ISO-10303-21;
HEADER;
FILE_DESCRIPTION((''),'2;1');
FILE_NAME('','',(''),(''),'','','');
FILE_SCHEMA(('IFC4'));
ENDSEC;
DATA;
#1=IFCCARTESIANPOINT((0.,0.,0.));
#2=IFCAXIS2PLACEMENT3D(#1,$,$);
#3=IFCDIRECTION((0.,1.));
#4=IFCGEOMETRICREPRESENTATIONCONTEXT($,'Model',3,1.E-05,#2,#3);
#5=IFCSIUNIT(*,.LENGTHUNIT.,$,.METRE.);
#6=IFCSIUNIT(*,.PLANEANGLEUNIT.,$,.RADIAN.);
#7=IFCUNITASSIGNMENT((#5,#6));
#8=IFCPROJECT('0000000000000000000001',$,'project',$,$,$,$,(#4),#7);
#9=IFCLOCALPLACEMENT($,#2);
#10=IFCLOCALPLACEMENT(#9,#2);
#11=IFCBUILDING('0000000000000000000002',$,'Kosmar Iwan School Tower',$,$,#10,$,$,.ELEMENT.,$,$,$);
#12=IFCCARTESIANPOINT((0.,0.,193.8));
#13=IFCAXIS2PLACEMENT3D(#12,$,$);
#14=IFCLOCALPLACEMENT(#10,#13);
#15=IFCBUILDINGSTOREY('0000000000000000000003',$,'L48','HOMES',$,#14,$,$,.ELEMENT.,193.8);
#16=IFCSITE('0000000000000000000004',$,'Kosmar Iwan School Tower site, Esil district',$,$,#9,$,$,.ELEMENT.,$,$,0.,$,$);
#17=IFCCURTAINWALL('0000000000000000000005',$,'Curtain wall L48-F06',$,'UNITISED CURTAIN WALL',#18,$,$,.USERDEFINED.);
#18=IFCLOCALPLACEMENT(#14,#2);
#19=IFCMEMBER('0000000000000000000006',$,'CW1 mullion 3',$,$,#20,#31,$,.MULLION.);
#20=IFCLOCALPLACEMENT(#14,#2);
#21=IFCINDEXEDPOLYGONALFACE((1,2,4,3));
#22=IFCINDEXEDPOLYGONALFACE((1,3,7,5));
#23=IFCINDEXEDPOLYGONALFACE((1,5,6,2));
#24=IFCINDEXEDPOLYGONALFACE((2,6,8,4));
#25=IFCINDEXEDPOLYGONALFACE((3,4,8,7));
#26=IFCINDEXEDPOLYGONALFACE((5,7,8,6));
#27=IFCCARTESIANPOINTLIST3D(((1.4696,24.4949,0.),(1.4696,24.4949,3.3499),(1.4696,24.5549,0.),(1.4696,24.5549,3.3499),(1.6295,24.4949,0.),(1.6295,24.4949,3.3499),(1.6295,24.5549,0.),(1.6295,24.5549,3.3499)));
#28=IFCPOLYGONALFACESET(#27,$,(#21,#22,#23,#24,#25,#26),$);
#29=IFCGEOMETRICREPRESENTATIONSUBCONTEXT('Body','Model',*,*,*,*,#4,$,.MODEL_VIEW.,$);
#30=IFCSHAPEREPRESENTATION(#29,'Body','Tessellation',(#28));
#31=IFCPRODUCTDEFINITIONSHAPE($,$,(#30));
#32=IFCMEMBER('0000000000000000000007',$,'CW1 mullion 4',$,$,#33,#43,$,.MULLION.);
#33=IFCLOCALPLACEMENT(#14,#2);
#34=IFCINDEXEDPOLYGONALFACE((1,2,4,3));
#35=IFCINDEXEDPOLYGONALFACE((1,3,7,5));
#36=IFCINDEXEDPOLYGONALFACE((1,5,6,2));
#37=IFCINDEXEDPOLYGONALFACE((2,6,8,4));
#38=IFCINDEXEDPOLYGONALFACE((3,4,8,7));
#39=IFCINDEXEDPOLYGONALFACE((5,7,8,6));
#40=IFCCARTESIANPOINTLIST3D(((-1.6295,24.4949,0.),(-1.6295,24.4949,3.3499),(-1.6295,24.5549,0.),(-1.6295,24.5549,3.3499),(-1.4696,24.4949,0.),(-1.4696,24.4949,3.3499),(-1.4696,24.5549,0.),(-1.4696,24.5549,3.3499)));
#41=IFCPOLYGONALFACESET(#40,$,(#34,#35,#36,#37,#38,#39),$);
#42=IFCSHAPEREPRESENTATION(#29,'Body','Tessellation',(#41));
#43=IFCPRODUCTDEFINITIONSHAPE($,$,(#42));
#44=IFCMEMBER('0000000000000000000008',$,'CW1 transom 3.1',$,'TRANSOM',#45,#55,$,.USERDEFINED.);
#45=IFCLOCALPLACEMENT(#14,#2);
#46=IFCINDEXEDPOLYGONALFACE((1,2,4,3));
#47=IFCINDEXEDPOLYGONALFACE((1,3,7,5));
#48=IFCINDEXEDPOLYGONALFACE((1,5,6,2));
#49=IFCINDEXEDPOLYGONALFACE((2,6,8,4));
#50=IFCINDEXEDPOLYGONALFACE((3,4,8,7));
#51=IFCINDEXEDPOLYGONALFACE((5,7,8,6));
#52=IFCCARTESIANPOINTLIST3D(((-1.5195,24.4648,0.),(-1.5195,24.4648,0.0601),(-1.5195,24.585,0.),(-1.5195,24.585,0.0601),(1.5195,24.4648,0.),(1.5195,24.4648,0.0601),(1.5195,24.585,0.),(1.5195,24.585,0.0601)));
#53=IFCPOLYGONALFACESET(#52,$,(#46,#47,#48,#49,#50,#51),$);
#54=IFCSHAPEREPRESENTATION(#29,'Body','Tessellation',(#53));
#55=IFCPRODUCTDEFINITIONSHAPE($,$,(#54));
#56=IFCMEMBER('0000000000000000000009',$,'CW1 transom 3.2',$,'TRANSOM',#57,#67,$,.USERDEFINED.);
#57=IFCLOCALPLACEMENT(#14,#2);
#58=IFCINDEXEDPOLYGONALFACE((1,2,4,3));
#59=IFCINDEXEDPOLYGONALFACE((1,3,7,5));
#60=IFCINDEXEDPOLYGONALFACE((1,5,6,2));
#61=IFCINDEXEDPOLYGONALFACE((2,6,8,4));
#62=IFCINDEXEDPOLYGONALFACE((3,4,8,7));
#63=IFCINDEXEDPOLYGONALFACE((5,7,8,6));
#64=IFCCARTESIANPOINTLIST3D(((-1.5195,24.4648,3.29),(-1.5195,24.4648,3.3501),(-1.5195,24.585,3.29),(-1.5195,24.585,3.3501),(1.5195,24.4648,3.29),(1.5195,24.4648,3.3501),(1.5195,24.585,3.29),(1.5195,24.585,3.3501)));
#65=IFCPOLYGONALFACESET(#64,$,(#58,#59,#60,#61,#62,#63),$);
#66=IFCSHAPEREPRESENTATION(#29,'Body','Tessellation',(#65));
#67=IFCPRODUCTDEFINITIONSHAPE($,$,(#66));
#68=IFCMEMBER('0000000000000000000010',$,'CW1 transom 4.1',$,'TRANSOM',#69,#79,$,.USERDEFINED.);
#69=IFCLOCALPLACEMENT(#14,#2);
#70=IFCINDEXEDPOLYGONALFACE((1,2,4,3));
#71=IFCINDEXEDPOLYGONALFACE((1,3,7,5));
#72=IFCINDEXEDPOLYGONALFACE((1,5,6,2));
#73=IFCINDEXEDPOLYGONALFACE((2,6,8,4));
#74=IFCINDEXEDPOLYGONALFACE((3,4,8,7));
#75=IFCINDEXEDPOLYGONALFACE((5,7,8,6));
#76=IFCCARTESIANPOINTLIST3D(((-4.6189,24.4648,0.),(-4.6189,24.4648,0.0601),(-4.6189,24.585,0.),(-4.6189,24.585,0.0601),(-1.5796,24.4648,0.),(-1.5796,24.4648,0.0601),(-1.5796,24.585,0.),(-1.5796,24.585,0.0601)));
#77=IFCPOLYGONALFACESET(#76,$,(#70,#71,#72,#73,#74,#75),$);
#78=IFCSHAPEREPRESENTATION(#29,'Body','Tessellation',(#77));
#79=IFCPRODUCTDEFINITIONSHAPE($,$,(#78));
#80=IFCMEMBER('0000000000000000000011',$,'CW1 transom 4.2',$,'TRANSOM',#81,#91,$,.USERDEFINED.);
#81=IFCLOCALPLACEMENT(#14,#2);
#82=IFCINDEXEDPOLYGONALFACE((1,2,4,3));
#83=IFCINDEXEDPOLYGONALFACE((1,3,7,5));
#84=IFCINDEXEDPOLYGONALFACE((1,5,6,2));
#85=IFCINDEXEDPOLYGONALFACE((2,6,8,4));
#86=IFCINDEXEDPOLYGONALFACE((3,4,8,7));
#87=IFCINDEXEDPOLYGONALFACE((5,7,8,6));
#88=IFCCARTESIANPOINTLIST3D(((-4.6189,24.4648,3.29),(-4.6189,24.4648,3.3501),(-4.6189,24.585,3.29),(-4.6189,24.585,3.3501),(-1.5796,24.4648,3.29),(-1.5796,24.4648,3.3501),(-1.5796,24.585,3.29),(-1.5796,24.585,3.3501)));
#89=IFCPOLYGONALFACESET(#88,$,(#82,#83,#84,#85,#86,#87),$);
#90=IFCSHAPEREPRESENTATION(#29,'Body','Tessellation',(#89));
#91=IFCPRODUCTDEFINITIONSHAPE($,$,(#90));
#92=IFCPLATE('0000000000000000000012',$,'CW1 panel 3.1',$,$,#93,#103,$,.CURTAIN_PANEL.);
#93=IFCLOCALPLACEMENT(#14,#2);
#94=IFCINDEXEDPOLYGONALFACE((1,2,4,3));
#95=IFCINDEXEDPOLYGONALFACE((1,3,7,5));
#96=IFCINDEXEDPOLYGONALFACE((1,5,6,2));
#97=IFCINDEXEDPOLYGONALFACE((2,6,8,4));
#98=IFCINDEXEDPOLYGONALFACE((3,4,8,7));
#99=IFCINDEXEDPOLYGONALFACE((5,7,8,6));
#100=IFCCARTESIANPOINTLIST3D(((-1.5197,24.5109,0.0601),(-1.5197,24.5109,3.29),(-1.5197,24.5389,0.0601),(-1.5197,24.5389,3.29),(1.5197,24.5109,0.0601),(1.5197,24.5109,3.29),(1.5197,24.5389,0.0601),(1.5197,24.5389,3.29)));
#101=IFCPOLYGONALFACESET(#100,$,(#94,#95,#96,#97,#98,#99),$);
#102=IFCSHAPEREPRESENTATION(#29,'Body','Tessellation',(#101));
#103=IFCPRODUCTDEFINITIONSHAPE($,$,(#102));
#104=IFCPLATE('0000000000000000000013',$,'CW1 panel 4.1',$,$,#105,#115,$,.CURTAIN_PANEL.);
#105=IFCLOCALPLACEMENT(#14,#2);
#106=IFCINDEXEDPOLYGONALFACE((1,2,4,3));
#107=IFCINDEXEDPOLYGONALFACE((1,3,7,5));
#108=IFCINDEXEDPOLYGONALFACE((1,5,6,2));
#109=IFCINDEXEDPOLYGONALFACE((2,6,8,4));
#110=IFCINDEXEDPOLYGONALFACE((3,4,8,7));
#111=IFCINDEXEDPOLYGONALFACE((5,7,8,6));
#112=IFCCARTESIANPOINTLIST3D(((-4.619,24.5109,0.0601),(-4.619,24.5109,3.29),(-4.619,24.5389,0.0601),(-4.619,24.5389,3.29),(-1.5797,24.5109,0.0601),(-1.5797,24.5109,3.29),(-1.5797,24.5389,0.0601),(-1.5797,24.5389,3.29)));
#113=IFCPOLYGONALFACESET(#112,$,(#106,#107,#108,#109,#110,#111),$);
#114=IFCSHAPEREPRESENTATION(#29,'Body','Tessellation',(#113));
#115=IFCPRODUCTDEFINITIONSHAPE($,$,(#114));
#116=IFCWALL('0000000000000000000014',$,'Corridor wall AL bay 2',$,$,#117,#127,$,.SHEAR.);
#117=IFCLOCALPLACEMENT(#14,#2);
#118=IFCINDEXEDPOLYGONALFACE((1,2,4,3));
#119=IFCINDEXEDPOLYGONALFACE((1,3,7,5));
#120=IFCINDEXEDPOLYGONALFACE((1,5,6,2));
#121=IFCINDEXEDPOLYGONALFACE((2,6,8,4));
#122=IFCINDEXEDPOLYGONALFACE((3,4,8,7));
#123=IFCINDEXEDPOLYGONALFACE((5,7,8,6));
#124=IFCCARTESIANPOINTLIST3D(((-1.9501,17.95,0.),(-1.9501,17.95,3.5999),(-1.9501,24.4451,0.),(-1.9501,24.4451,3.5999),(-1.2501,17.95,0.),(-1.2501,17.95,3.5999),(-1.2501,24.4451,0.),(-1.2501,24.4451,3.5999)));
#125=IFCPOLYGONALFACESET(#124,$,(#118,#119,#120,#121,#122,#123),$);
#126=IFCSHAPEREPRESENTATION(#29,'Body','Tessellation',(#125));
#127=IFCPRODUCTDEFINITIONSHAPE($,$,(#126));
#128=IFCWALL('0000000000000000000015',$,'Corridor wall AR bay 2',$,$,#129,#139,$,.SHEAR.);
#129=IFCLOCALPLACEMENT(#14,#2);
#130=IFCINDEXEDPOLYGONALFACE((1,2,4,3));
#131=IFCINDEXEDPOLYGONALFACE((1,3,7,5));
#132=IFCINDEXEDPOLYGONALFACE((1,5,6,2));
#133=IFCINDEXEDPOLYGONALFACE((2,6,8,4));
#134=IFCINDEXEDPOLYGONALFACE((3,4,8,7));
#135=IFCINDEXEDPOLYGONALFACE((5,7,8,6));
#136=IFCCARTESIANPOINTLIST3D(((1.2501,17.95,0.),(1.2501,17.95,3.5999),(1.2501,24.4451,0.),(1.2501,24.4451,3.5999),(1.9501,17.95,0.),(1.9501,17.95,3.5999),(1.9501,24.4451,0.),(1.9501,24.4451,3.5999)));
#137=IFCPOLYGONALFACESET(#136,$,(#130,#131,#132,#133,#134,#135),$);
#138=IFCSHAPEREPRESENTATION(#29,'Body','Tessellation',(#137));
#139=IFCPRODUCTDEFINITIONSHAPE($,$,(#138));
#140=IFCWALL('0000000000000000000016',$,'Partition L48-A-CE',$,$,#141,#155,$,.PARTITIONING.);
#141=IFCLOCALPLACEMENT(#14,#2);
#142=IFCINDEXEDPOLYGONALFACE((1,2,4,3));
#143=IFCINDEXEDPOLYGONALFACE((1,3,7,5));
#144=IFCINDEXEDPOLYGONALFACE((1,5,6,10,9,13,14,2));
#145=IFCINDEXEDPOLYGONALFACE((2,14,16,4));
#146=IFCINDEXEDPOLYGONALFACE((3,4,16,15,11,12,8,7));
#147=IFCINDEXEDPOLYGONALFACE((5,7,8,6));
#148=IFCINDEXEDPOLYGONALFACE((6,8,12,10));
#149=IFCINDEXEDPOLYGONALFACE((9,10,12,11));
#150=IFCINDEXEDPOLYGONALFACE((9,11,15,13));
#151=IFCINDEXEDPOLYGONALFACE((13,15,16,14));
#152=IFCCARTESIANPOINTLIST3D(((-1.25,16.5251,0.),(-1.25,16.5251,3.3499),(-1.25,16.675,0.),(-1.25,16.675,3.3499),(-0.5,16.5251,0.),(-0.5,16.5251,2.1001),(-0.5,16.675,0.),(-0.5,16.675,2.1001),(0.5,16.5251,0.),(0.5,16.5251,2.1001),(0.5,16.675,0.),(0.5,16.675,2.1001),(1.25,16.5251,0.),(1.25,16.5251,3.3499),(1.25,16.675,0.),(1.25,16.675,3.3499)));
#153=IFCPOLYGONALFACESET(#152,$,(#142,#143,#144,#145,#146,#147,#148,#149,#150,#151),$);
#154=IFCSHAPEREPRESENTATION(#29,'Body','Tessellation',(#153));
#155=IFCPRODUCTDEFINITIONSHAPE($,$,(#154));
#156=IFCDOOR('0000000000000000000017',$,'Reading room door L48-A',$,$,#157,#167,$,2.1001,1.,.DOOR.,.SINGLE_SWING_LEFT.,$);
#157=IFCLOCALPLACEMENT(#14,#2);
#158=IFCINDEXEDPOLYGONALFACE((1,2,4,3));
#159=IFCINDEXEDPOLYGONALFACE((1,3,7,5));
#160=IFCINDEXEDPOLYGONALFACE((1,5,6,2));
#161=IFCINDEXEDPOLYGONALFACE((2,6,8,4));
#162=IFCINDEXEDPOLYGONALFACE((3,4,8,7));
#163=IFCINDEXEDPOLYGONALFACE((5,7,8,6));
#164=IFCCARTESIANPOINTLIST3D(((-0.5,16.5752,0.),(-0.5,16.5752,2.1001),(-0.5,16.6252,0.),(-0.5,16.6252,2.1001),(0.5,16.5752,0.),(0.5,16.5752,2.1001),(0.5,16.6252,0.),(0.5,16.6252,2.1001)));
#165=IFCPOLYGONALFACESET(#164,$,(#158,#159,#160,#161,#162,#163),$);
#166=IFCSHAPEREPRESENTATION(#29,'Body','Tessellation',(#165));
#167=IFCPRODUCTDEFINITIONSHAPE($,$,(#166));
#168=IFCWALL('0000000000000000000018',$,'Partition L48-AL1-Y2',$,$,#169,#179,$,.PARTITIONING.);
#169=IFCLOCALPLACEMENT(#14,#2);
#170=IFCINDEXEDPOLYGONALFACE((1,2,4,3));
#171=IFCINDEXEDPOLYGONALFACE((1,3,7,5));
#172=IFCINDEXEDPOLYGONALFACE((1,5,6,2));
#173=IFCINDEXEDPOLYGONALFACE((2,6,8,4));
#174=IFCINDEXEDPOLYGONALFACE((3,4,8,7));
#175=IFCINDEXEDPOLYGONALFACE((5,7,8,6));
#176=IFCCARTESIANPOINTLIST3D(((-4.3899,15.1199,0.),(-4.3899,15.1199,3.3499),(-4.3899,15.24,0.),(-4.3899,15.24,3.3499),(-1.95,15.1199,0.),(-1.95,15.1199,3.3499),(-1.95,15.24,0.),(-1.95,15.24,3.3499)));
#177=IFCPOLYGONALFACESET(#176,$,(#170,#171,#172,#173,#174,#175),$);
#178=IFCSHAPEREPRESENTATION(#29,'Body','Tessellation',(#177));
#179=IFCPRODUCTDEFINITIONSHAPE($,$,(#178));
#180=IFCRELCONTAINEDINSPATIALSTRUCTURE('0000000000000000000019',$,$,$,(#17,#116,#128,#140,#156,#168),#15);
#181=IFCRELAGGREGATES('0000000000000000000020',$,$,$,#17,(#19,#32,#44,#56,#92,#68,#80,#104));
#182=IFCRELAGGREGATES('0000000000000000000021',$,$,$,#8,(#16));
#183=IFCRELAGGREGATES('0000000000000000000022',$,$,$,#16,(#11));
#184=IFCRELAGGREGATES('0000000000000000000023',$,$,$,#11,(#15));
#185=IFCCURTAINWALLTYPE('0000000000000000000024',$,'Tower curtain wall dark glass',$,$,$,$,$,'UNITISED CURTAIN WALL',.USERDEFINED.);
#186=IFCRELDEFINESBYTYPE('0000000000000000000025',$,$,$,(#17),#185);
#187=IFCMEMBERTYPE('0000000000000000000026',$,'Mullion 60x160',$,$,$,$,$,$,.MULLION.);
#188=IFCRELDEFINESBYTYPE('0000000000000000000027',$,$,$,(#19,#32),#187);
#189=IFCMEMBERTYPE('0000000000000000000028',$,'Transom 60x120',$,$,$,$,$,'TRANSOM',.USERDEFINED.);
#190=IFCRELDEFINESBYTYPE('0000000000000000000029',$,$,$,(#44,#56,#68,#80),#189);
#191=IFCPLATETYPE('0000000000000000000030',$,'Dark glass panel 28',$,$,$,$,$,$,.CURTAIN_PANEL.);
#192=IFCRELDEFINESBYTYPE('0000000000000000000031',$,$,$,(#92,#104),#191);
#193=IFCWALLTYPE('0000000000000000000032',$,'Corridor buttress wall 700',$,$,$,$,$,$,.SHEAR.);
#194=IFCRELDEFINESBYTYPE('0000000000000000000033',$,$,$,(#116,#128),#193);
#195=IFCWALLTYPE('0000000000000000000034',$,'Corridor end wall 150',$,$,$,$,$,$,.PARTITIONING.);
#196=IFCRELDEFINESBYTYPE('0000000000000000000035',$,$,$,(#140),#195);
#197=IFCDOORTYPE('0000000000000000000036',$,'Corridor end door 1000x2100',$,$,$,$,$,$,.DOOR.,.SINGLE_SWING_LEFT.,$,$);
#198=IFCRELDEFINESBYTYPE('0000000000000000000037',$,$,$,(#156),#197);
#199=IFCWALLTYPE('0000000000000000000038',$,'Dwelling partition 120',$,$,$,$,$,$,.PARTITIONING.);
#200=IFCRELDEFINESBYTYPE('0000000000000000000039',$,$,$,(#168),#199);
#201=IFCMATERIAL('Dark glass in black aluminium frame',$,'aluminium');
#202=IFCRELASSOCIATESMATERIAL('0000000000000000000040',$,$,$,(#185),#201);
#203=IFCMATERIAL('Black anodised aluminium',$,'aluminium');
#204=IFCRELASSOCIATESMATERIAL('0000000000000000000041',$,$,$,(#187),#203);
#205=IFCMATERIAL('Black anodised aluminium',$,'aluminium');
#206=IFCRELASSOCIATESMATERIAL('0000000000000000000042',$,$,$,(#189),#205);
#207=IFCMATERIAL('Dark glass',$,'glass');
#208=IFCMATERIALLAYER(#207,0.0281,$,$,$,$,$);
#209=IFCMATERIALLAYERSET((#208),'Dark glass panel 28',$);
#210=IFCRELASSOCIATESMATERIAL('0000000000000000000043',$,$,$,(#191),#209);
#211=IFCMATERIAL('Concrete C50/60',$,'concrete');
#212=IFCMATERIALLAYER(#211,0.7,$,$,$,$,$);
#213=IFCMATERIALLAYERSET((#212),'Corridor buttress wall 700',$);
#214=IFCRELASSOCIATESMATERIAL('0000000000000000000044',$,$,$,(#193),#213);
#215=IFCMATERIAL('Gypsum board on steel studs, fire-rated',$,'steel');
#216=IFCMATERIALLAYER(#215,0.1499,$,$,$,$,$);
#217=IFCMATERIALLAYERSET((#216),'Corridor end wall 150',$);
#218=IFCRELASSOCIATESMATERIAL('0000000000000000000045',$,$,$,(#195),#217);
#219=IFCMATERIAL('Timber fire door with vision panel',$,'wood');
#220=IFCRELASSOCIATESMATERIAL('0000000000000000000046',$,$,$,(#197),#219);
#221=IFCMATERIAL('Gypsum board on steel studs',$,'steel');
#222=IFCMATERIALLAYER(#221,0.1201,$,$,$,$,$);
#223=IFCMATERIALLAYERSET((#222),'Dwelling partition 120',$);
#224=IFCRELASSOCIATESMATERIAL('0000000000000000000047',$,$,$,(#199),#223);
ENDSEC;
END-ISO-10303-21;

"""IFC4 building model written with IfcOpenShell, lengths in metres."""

from ifc_helpers import new_model, si_unit, direction, frame, frame_2d, origin, origin_2d, place, context, subcontext, project, spatial, rectangle, extrude, material, layer, layer_set, material_profile, profile_set, type_object, element, fill, aggregate, save


model = new_model("IFC4")

# Units and contexts
model_context = context("Model", 3, precision=1e-05, world=origin(), true_north=direction((0.0, 1.0)))
body_context = subcontext(model_context, "Body", "Model", "MODEL_VIEW")
ifc_project = project(units=[si_unit("LENGTHUNIT", "METRE"), si_unit("PLANEANGLEUNIT", "RADIAN")], contexts=[model_context])

# Site, building, storey
site_placement = place(None, origin())
site = spatial("IfcSite", under=ifc_project, at=site_placement, Name="Kosmar Iwan School Tower site, Esil district", CompositionType="ELEMENT", RefElevation=0.0)
building_placement = place(site_placement, origin())
building = spatial("IfcBuilding", under=site, at=building_placement, Name="Kosmar Iwan School Tower", CompositionType="ELEMENT")
storey_placement = place(building_placement, frame((0.0, 0.0, 193.8)))
storey = spatial("IfcBuildingStorey", under=building, at=storey_placement, Name="L48", Description="HOMES", CompositionType="ELEMENT", Elevation=193.8)

# Curtain wall, members, plates
ifc_material_1 = material(Name="Dark glass in black aluminium frame", Category="aluminium")
curtain_wall_type = type_object("IfcCurtainWallType", Name="Tower curtain wall dark glass", ElementType="UNITISED CURTAIN WALL", PredefinedType="USERDEFINED", material=ifc_material_1)
curtain_wall_placement = place(storey_placement, origin())
curtain_wall = element("IfcCurtainWall", 1, at=curtain_wall_placement, inside=storey, type_object=curtain_wall_type, Name="Curtain wall L48-F06", ObjectType="UNITISED CURTAIN WALL", PredefinedType="USERDEFINED")
ifc_material_2 = material(Name="Black anodised aluminium", Category="aluminium")
ifc_material_profile_1 = material_profile(ifc_material_2, rectangle(XDim=0.0601, YDim=0.1599, at=origin_2d()), Name="MULLION 60x160")
ifc_profile_set_1 = profile_set([ifc_material_profile_1], Name="Black anodised aluminium")
member_type_1 = type_object("IfcMemberType", Name="Mullion 60x160", PredefinedType="MULLION", material=ifc_profile_set_1)
member_1_placement = place(storey_placement, frame((1.5496, 24.5249, 0.0), z_axis=(0.0, 0.0, 1.0), x_axis=(0.0, -1.0, 0.0)))
member_1 = element("IfcMember", 2, at=member_1_placement, type_object=member_type_1, Name="CW1 mullion 3", PredefinedType="MULLION", context=body_context, shape_type="SweptSolid", body=[
    extrude(rectangle(XDim=0.0601, YDim=0.1599, at=origin_2d()), origin(), (0.0, 0.0, 1.0), 3.3499),
])
member_2_placement = place(storey_placement, frame((-1.5496, 24.5249, 0.0), z_axis=(0.0, 0.0, 1.0), x_axis=(0.0, -1.0, 0.0)))
member_2 = element("IfcMember", 3, at=member_2_placement, type_object=member_type_1, Name="CW1 mullion 4", PredefinedType="MULLION", context=body_context, shape_type="SweptSolid", body=[
    extrude(rectangle(XDim=0.0601, YDim=0.1599, at=origin_2d()), origin(), (0.0, 0.0, 1.0), 3.3499),
])
ifc_material_3 = material(Name="Black anodised aluminium", Category="aluminium")
ifc_material_profile_2 = material_profile(ifc_material_3, rectangle(XDim=0.1201, YDim=0.0601, at=origin_2d()), Name="TRANSOM 60x120")
ifc_profile_set_2 = profile_set([ifc_material_profile_2], Name="Black anodised aluminium")
member_type_2 = type_object("IfcMemberType", Name="Transom 60x120", ElementType="TRANSOM", PredefinedType="USERDEFINED", material=ifc_profile_set_2)
member_3_placement = place(storey_placement, frame((1.5195, 24.5249, 0.03), z_axis=(-1.0, 0.0, 0.0), x_axis=(0.0, -1.0, 0.0)))
member_3 = element("IfcMember", 4, at=member_3_placement, type_object=member_type_2, Name="CW1 transom 3.1", ObjectType="TRANSOM", PredefinedType="USERDEFINED", context=body_context, shape_type="SweptSolid", body=[
    extrude(rectangle(XDim=0.1201, YDim=0.0601, at=origin_2d()), origin(), (0.0, 0.0, 1.0), 3.0391),
])
member_4_placement = place(storey_placement, frame((1.5195, 24.5249, 3.3201), z_axis=(-1.0, 0.0, 0.0), x_axis=(0.0, -1.0, 0.0)))
member_4 = element("IfcMember", 5, at=member_4_placement, type_object=member_type_2, Name="CW1 transom 3.2", ObjectType="TRANSOM", PredefinedType="USERDEFINED", context=body_context, shape_type="SweptSolid", body=[
    extrude(rectangle(XDim=0.1201, YDim=0.0601, at=origin_2d()), origin(), (0.0, 0.0, 1.0), 3.0391),
])
member_5_placement = place(storey_placement, frame((-1.5796, 24.5249, 0.03), z_axis=(-1.0, 0.0, 0.0), x_axis=(0.0, -1.0, 0.0)))
member_5 = element("IfcMember", 6, at=member_5_placement, type_object=member_type_2, Name="CW1 transom 4.1", ObjectType="TRANSOM", PredefinedType="USERDEFINED", context=body_context, shape_type="SweptSolid", body=[
    extrude(rectangle(XDim=0.1201, YDim=0.0601, at=origin_2d()), origin(), (0.0, 0.0, 1.0), 3.0393),
])
member_6_placement = place(storey_placement, frame((-1.5796, 24.5249, 3.3201), z_axis=(-1.0, 0.0, 0.0), x_axis=(0.0, -1.0, 0.0)))
member_6 = element("IfcMember", 7, at=member_6_placement, type_object=member_type_2, Name="CW1 transom 4.2", ObjectType="TRANSOM", PredefinedType="USERDEFINED", context=body_context, shape_type="SweptSolid", body=[
    extrude(rectangle(XDim=0.1201, YDim=0.0601, at=origin_2d()), origin(), (0.0, 0.0, 1.0), 3.0393),
])
ifc_material_4 = material(Name="Dark glass", Category="glass")
ifc_layer_1 = layer(ifc_material_4, 0.0281)
ifc_layer_set_1 = layer_set([ifc_layer_1], Name="Dark glass panel 28")
plate_type = type_object("IfcPlateType", Name="Dark glass panel 28", PredefinedType="CURTAIN_PANEL", material=ifc_layer_set_1)
plate_1_placement = place(storey_placement, frame((0.0, 24.5249, 0.0601), z_axis=(0.0, 0.0, 1.0), x_axis=(-1.0, 0.0, 0.0)))
plate_1 = element("IfcPlate", 8, at=plate_1_placement, type_object=plate_type, Name="CW1 panel 3.1", PredefinedType="CURTAIN_PANEL", context=body_context, shape_type="SweptSolid", body=[
    extrude(rectangle(XDim=3.0393, YDim=0.0281, at=origin_2d()), origin(), (0.0, 0.0, 1.0), 3.23),
])
plate_2_placement = place(storey_placement, frame((-3.0994, 24.5249, 0.0601), z_axis=(0.0, 0.0, 1.0), x_axis=(-1.0, 0.0, 0.0)))
plate_2 = element("IfcPlate", 9, at=plate_2_placement, type_object=plate_type, Name="CW1 panel 4.1", PredefinedType="CURTAIN_PANEL", context=body_context, shape_type="SweptSolid", body=[
    extrude(rectangle(XDim=3.0393, YDim=0.0281, at=origin_2d()), origin(), (0.0, 0.0, 1.0), 3.23),
])
aggregate(curtain_wall, [member_1, member_2, member_3, member_4, plate_1, member_5, member_6, plate_2])

# Walls
ifc_material_5 = material(Name="Concrete C50/60", Category="concrete")
ifc_layer_2 = layer(ifc_material_5, 0.7)
ifc_layer_set_2 = layer_set([ifc_layer_2], Name="Corridor buttress wall 700")
wall_type_1 = type_object("IfcWallType", Name="Corridor buttress wall 700", PredefinedType="SHEAR", material=ifc_layer_set_2)
for number, where, z_axis, x_axis, name in (
    (10, (-1.6001, 17.95, 0.0), (0.0, 0.0, 1.0), (0.0, 1.0, 0.0), "Corridor wall AL bay 2"),
    (11, (1.6001, 17.95, 0.0), (0.0, 0.0, 1.0), (0.0, 1.0, 0.0), "Corridor wall AR bay 2"),
):
    element("IfcWall", number, at=place(storey_placement, frame(where, z_axis=z_axis, x_axis=x_axis)), inside=storey, type_object=wall_type_1, Name=name, PredefinedType="SHEAR", context=body_context, shape_type="SweptSolid", body=[
        extrude(rectangle(XDim=6.4951, YDim=0.7, at=frame_2d((3.2476, 0.0))), origin(), (0.0, 0.0, 1.0), 3.5999),
    ])

# Wall, opening, door
ifc_material_6 = material(Name="Gypsum board on steel studs, fire-rated", Category="steel")
ifc_layer_3 = layer(ifc_material_6, 0.1499)
ifc_layer_set_3 = layer_set([ifc_layer_3], Name="Corridor end wall 150")
wall_type_2 = type_object("IfcWallType", Name="Corridor end wall 150", PredefinedType="PARTITIONING", material=ifc_layer_set_3)
wall_1_placement = place(storey_placement, frame((1.25, 16.6001, 0.0), z_axis=(0.0, 0.0, 1.0), x_axis=(-1.0, 0.0, 0.0)))
wall_1 = element("IfcWall", 12, at=wall_1_placement, inside=storey, type_object=wall_type_2, Name="Partition L48-A-CE", PredefinedType="PARTITIONING", context=body_context, shape_type="SweptSolid", body=[
    extrude(rectangle(XDim=2.5, YDim=0.1499, at=frame_2d((1.25, 0.0))), origin(), (0.0, 0.0, 1.0), 3.3499),
])
opening_placement = place(wall_1_placement, frame((0.75, 0.0, 0.0)))
opening = element("IfcOpeningElement", 13, at=opening_placement, cuts=wall_1, PredefinedType="OPENING", context=body_context, shape_type="SweptSolid", body=[
    extrude(rectangle(XDim=1.0, YDim=2.1001, at=frame_2d((0.5, 1.05))), frame((0.0, 0.0869, 0.0), z_axis=(0.0, -1.0, 0.0), x_axis=(1.0, 0.0, 0.0)), (0.0, 0.0, 1.0), 0.1738),
])
ifc_material_7 = material(Name="Timber fire door with vision panel", Category="wood")
door_type = type_object("IfcDoorType", Name="Corridor end door 1000x2100", OperationType="SINGLE_SWING_LEFT", PredefinedType="DOOR", material=ifc_material_7)
door_placement = place(opening_placement, origin())
door = element("IfcDoor", 14, at=door_placement, inside=storey, type_object=door_type, Name="Reading room door L48-A", OperationType="SINGLE_SWING_LEFT", OverallHeight=2.1001, OverallWidth=1.0, PredefinedType="DOOR", context=body_context, shape_type="SweptSolid", body=[
    extrude(rectangle(XDim=1.0, YDim=2.1001, at=frame_2d((0.5, 1.05))), frame((0.0, 0.0249, 0.0), z_axis=(0.0, -1.0, 0.0), x_axis=(1.0, 0.0, 0.0)), (0.0, 0.0, 1.0), 0.05),
])
fill(opening, door)

# Wall
ifc_material_8 = material(Name="Gypsum board on steel studs", Category="steel")
ifc_layer_4 = layer(ifc_material_8, 0.1201)
ifc_layer_set_4 = layer_set([ifc_layer_4], Name="Dwelling partition 120")
wall_type_3 = type_object("IfcWallType", Name="Dwelling partition 120", PredefinedType="PARTITIONING", material=ifc_layer_set_4)
wall_2_placement = place(storey_placement, frame((-1.95, 15.1799, 0.0), z_axis=(0.0, 0.0, 1.0), x_axis=(-1.0, 0.0, 0.0)))
element("IfcWall", 15, at=wall_2_placement, inside=storey, type_object=wall_type_3, Name="Partition L48-AL1-Y2", PredefinedType="PARTITIONING", context=body_context, shape_type="SweptSolid", body=[
    extrude(rectangle(XDim=2.4399, YDim=0.1201, at=frame_2d((1.22, 0.0))), origin(), (0.0, 0.0, 1.0), 3.3499),
])

save(model, "model.ifc")
